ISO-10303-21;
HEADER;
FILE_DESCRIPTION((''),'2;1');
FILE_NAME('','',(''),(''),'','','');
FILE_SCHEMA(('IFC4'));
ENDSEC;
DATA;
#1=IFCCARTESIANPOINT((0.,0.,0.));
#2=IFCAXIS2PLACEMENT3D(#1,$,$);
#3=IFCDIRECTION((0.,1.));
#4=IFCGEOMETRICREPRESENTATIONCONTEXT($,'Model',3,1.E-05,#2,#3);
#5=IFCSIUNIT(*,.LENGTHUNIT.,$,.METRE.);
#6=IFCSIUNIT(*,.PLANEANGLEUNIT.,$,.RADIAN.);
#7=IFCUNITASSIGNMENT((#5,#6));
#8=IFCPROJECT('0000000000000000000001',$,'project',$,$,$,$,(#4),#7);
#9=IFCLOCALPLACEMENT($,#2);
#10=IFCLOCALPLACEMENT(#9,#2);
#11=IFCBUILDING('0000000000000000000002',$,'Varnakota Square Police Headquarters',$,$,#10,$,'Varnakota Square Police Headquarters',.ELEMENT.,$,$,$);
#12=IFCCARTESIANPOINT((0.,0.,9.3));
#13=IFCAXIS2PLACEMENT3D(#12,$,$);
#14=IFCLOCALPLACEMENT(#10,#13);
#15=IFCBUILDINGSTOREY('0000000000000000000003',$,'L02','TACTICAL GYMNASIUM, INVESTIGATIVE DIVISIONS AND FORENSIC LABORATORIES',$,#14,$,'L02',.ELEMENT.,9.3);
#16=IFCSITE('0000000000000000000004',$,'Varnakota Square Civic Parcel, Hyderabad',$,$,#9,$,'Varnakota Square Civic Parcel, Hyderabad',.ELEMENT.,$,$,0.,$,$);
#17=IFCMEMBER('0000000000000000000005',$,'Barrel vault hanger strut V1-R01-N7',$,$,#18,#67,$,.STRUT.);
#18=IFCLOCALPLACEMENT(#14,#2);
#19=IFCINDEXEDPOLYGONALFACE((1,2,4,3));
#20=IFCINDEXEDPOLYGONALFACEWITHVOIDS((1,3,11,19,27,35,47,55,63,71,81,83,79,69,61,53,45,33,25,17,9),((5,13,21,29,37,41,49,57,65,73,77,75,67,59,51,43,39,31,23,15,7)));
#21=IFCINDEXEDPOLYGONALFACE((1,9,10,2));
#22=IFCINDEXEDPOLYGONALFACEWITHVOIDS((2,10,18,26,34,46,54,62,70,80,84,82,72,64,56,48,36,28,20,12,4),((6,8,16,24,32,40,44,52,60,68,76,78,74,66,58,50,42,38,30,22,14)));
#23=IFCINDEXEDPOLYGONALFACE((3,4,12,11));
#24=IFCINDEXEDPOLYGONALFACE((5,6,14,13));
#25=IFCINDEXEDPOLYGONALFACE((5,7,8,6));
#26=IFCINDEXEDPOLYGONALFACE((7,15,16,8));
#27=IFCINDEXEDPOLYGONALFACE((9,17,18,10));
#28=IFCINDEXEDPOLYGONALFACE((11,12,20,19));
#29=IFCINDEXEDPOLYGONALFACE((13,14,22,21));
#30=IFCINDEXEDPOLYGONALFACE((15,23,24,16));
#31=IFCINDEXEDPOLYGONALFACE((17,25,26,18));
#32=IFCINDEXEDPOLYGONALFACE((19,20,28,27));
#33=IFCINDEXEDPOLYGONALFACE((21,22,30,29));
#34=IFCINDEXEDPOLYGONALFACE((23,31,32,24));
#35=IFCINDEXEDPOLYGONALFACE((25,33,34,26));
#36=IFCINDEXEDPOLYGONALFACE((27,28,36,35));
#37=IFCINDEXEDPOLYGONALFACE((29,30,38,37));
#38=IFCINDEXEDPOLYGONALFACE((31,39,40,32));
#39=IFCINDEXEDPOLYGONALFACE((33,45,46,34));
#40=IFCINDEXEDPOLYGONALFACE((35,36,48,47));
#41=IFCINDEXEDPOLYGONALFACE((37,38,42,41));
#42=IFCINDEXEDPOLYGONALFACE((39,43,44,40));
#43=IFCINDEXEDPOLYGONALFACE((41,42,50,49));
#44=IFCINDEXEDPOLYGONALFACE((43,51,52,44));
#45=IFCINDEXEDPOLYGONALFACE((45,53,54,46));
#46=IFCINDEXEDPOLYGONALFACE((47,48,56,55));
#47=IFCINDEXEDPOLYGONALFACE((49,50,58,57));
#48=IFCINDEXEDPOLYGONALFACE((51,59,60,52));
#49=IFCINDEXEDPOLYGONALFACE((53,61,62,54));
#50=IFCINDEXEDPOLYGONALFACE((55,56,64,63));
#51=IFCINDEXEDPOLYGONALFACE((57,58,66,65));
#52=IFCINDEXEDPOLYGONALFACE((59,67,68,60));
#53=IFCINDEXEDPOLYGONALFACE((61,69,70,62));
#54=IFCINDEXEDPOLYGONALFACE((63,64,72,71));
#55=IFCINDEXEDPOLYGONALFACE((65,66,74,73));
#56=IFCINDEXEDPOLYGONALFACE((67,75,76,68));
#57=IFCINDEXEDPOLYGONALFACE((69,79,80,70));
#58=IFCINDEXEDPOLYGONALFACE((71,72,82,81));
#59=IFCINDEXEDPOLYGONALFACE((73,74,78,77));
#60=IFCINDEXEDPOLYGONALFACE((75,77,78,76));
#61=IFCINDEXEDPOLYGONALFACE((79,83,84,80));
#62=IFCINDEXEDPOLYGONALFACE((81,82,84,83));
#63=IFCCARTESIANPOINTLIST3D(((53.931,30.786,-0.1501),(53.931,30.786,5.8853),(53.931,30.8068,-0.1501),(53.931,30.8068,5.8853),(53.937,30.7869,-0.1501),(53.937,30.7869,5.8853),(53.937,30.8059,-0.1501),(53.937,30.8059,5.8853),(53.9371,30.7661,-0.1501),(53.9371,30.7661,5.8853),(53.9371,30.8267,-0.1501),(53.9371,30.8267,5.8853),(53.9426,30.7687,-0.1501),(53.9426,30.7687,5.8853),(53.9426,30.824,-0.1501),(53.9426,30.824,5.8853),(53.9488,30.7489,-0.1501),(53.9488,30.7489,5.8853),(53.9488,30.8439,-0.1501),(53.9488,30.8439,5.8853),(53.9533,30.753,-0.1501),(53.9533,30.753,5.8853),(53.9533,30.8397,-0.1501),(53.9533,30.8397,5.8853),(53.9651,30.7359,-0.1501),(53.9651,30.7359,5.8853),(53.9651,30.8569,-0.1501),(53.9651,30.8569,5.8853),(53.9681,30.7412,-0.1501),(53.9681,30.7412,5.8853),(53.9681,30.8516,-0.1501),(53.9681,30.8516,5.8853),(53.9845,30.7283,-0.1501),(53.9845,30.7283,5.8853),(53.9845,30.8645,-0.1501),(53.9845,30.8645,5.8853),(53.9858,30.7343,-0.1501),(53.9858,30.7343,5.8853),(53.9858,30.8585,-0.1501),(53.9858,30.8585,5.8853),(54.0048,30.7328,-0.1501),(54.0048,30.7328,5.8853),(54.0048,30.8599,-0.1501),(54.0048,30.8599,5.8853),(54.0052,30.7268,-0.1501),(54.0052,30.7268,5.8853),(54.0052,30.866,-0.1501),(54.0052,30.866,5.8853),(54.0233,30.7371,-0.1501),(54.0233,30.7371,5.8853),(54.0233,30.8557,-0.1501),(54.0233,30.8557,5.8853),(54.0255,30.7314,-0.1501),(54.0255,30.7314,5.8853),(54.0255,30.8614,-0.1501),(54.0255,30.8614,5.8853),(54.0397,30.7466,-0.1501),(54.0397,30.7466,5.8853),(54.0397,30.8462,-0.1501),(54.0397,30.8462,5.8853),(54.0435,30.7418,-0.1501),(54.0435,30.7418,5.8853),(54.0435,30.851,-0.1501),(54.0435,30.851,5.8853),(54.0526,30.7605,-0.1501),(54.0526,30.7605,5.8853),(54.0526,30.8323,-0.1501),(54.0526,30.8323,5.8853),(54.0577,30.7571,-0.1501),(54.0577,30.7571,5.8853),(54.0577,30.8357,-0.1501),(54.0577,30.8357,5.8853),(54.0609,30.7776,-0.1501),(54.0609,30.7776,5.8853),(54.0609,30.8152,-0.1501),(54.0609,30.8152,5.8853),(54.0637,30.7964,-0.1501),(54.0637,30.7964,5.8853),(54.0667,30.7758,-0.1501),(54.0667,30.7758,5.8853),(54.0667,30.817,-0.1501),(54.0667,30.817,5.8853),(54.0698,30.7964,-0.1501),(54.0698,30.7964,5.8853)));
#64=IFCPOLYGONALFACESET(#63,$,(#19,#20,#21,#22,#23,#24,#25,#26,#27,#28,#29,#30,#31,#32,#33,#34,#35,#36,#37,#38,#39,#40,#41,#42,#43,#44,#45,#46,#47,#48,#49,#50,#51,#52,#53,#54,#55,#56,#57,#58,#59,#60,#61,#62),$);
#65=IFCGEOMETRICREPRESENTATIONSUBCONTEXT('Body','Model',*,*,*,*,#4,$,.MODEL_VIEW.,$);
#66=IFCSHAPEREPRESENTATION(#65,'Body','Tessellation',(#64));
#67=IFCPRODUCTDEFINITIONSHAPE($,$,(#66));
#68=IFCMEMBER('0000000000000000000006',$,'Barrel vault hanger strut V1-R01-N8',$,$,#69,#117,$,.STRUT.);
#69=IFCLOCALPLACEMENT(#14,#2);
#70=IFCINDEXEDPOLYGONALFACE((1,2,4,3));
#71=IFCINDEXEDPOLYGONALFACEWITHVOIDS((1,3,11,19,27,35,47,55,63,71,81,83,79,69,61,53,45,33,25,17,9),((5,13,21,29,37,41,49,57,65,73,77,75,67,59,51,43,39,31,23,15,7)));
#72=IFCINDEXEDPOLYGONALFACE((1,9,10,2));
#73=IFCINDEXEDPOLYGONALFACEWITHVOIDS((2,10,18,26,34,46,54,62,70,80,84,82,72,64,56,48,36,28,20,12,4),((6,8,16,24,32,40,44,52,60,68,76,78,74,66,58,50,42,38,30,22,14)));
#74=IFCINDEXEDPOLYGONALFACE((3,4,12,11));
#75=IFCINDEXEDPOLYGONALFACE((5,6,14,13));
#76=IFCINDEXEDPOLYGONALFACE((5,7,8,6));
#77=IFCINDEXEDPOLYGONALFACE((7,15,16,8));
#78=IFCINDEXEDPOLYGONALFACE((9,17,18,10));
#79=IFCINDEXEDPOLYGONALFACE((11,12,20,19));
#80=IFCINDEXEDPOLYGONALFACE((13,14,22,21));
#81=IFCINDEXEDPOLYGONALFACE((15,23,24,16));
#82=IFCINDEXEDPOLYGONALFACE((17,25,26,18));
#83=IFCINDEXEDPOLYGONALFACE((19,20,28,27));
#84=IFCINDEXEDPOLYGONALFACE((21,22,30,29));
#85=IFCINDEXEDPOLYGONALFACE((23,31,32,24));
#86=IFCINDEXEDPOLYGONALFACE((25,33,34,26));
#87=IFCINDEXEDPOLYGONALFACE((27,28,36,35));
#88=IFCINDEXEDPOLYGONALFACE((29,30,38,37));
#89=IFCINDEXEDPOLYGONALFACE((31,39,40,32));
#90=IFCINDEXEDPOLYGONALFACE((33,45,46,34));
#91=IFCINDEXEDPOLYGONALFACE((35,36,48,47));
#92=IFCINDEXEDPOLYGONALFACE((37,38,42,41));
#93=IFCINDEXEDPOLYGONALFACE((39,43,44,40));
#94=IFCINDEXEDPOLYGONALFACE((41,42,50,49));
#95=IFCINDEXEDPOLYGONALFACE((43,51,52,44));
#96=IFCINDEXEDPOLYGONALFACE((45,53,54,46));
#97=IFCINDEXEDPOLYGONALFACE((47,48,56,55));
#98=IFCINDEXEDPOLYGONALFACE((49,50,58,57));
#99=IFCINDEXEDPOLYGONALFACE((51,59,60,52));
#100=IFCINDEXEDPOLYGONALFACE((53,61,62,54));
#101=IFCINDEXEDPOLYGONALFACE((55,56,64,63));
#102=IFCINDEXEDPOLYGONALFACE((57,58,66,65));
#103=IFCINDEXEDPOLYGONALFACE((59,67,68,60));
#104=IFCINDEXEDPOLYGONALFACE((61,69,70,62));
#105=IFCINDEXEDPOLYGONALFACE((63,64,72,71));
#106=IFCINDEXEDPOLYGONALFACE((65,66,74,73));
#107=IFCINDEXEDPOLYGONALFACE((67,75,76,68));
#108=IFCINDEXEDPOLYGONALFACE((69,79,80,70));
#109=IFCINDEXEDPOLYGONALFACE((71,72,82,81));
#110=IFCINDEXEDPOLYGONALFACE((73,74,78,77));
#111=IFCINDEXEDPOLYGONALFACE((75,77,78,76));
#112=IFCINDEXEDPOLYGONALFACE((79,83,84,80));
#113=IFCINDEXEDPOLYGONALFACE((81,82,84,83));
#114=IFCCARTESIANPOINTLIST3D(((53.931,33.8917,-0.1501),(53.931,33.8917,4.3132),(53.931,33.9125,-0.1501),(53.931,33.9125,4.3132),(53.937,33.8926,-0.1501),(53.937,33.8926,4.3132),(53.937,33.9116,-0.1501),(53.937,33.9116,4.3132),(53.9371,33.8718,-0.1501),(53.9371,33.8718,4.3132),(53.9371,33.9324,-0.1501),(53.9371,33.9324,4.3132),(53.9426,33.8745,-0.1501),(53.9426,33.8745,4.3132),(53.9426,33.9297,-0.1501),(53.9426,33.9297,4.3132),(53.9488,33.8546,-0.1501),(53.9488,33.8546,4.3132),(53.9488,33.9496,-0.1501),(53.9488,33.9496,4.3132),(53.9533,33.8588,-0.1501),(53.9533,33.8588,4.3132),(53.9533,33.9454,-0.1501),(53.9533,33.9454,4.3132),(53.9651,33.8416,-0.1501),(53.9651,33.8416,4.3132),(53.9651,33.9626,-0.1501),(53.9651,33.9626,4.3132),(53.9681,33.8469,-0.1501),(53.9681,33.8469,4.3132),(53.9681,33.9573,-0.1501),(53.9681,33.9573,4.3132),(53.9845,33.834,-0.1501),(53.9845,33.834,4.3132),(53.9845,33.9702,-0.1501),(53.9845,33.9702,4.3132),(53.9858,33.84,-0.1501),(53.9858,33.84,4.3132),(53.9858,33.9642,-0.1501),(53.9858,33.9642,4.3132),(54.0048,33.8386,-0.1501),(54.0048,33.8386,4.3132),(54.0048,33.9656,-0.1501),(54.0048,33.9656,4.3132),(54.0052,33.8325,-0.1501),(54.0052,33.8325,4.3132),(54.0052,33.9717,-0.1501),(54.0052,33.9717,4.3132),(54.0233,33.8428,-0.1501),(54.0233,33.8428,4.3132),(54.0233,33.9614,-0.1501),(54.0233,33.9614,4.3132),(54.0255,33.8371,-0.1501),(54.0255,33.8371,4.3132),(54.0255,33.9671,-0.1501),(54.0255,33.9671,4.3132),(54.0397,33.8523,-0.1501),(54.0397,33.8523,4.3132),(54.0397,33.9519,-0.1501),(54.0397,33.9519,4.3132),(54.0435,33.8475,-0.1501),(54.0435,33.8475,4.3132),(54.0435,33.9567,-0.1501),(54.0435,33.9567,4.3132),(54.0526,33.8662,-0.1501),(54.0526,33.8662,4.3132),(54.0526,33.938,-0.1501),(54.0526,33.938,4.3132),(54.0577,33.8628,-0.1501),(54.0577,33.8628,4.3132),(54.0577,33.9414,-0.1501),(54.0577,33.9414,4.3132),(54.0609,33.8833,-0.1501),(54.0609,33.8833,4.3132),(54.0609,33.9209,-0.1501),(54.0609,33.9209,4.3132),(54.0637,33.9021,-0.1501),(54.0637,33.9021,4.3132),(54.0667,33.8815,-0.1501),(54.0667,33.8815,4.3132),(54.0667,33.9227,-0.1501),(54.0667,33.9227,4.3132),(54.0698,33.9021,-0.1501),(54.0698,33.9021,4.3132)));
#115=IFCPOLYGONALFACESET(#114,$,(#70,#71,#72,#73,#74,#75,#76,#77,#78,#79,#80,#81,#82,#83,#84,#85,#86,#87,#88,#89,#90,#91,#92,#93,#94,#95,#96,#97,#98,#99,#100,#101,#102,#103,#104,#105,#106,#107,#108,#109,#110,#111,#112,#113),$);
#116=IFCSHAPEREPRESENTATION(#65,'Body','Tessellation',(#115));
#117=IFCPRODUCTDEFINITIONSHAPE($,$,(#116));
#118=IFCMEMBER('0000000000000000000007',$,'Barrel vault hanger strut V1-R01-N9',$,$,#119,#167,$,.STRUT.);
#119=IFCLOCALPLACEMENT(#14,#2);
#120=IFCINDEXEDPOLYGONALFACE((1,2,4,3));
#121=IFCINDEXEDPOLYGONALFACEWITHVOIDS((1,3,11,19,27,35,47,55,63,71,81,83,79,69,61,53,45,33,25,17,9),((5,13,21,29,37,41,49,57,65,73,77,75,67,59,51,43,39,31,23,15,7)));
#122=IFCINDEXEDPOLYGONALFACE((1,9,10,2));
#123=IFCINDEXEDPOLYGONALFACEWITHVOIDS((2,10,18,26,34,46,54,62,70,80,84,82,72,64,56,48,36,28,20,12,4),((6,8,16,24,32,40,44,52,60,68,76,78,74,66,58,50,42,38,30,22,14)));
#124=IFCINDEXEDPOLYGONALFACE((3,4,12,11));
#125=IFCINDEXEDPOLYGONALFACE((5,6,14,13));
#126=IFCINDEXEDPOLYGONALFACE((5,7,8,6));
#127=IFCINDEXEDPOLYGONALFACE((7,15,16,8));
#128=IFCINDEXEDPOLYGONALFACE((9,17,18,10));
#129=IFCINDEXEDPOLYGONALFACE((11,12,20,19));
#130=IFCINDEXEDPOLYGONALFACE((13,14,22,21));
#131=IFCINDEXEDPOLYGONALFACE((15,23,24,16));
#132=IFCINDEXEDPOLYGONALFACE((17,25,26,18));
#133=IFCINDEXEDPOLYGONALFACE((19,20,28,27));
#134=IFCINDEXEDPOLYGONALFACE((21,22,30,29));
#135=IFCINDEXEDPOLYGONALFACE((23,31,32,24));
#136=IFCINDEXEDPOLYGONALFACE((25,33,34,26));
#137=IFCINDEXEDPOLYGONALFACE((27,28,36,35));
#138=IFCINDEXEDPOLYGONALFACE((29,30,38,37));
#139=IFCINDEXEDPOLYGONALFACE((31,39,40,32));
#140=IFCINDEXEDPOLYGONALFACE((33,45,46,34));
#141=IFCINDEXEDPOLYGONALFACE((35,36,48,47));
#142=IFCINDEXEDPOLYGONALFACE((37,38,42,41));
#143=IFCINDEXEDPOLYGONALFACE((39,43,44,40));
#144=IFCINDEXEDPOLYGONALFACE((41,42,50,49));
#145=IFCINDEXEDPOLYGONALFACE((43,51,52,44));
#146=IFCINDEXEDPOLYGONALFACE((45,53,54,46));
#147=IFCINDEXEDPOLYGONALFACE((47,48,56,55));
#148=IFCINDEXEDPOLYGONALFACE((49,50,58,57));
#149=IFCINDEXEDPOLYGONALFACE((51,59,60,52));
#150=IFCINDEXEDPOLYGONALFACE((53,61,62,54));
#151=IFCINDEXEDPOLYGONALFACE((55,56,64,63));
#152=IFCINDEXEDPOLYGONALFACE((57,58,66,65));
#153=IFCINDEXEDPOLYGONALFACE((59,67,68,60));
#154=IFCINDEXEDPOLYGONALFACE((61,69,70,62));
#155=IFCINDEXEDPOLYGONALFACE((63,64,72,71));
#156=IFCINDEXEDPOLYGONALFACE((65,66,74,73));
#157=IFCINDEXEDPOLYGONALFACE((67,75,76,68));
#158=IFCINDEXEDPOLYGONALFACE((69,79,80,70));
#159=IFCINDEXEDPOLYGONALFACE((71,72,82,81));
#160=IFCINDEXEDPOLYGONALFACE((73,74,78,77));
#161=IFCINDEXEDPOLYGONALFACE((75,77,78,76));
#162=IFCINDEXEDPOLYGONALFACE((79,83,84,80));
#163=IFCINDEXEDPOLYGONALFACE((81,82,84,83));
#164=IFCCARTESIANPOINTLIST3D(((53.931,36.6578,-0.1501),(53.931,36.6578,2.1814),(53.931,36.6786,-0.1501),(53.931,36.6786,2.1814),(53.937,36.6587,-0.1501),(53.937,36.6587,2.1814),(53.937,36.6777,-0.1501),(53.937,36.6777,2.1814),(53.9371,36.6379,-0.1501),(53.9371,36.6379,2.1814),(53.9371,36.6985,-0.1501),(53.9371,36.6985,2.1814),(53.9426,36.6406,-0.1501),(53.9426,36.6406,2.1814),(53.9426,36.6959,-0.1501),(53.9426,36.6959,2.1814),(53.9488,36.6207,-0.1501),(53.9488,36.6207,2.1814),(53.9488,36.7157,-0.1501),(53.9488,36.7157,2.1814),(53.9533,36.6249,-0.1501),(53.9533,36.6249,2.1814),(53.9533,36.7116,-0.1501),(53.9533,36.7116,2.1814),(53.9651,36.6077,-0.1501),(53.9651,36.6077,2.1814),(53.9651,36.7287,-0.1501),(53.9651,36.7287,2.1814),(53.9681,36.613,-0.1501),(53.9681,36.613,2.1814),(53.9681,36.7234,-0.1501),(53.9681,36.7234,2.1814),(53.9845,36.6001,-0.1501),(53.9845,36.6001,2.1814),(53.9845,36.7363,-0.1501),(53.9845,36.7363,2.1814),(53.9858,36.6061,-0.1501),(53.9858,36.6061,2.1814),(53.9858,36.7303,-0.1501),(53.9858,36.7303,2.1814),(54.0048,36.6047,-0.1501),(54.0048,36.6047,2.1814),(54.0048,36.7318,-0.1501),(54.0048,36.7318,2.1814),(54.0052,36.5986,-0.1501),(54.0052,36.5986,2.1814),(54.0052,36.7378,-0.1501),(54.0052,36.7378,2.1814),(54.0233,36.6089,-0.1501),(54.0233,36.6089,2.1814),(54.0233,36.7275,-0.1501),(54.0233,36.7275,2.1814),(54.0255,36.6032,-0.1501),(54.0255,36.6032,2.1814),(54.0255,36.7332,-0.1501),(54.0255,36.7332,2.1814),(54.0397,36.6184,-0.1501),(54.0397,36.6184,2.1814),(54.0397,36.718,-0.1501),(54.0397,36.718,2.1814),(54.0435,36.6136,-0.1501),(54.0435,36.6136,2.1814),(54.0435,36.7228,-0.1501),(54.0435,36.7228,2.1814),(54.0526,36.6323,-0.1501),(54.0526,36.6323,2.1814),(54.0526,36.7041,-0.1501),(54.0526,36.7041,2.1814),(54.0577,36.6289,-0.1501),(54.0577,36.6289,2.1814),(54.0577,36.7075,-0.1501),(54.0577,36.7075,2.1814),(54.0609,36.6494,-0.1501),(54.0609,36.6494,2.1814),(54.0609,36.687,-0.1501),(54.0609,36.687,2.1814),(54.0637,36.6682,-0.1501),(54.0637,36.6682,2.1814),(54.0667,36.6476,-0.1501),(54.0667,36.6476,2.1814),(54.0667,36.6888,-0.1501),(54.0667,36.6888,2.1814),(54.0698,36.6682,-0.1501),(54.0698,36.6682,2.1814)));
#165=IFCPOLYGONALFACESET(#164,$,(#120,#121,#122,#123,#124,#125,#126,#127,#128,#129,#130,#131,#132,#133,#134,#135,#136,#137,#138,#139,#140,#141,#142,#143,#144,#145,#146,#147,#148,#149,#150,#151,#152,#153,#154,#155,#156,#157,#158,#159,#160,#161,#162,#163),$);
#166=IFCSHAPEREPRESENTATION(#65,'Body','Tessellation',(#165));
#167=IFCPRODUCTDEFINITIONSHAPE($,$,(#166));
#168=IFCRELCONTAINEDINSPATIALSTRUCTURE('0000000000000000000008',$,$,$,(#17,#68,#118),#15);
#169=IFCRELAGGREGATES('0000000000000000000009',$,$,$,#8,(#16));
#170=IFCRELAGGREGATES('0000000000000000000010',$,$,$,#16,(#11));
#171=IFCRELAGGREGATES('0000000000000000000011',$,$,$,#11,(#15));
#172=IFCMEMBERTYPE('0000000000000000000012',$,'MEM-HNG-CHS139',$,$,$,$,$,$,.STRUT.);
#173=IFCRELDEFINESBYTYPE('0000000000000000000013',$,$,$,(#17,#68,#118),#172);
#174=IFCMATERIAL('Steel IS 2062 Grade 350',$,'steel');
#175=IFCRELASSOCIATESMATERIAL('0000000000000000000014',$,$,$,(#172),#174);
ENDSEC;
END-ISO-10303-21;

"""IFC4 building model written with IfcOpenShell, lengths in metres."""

from ifc_helpers import new_model, si_unit, direction, frame, origin, origin_2d, place, context, subcontext, project, spatial, hollow_circle, extrude, material, material_profile, profile_set, type_object, element, save


model = new_model("IFC4")

# Units and contexts
model_context = context("Model", 3, precision=1e-05, world=origin(), true_north=direction((0.0, 1.0)))
body_context = subcontext(model_context, "Body", "Model", "MODEL_VIEW")
ifc_project = project(units=[si_unit("LENGTHUNIT", "METRE"), si_unit("PLANEANGLEUNIT", "RADIAN")], contexts=[model_context])

# Site, building, storey
site_placement = place(None, origin())
site = spatial("IfcSite", under=ifc_project, at=site_placement, Name="Varnakota Square Civic Parcel, Hyderabad", LongName="Varnakota Square Civic Parcel, Hyderabad", CompositionType="ELEMENT", RefElevation=0.0)
building_placement = place(site_placement, origin())
building = spatial("IfcBuilding", under=site, at=building_placement, Name="Varnakota Square Police Headquarters", LongName="Varnakota Square Police Headquarters", CompositionType="ELEMENT")
storey_placement = place(building_placement, frame((0.0, 0.0, 9.3)))
storey = spatial("IfcBuildingStorey", under=building, at=storey_placement, Name="L02", Description="TACTICAL GYMNASIUM, INVESTIGATIVE DIVISIONS AND FORENSIC LABORATORIES", LongName="L02", CompositionType="ELEMENT", Elevation=9.3)

# Shared definitions
ifc_material_1 = material(Name="Steel IS 2062 Grade 350", Category="steel")

# Members
ifc_material_profile_1 = material_profile(ifc_material_1, hollow_circle(Radius=0.0698, WallThickness=0.0061, at=origin_2d()), Name="CHS 139.7x6.0")
ifc_profile_set_1 = profile_set([ifc_material_profile_1], Name="Steel IS 2062 Grade 350")
member_type_1 = type_object("IfcMemberType", Name="MEM-HNG-CHS139", PredefinedType="STRUT", material=ifc_profile_set_1)
member_1_placement = place(storey_placement, frame((54.0, 30.7964, -0.1501), z_axis=(0.0, 0.0, 1.0), x_axis=(1.0, 0.0, 0.0)))
element("IfcMember", 1, at=member_1_placement, inside=storey, type_object=member_type_1, Name="Barrel vault hanger strut V1-R01-N7", PredefinedType="STRUT", context=body_context, shape_type="SweptSolid", body=[
    extrude(hollow_circle(Radius=0.0698, WallThickness=0.0061, at=origin_2d()), origin(), (0.0, 0.0, 1.0), 6.0354),
])
member_2_placement = place(storey_placement, frame((54.0, 33.9021, -0.1501), z_axis=(0.0, 0.0, 1.0), x_axis=(1.0, 0.0, 0.0)))
element("IfcMember", 2, at=member_2_placement, inside=storey, type_object=member_type_1, Name="Barrel vault hanger strut V1-R01-N8", PredefinedType="STRUT", context=body_context, shape_type="SweptSolid", body=[
    extrude(hollow_circle(Radius=0.0698, WallThickness=0.0061, at=origin_2d()), origin(), (0.0, 0.0, 1.0), 4.4634),
])
member_3_placement = place(storey_placement, frame((54.0, 36.6682, -0.1501), z_axis=(0.0, 0.0, 1.0), x_axis=(1.0, 0.0, 0.0)))
element("IfcMember", 3, at=member_3_placement, inside=storey, type_object=member_type_1, Name="Barrel vault hanger strut V1-R01-N9", PredefinedType="STRUT", context=body_context, shape_type="SweptSolid", body=[
    extrude(hollow_circle(Radius=0.0698, WallThickness=0.0061, at=origin_2d()), origin(), (0.0, 0.0, 1.0), 2.3315),
])

save(model, "model.ifc")
